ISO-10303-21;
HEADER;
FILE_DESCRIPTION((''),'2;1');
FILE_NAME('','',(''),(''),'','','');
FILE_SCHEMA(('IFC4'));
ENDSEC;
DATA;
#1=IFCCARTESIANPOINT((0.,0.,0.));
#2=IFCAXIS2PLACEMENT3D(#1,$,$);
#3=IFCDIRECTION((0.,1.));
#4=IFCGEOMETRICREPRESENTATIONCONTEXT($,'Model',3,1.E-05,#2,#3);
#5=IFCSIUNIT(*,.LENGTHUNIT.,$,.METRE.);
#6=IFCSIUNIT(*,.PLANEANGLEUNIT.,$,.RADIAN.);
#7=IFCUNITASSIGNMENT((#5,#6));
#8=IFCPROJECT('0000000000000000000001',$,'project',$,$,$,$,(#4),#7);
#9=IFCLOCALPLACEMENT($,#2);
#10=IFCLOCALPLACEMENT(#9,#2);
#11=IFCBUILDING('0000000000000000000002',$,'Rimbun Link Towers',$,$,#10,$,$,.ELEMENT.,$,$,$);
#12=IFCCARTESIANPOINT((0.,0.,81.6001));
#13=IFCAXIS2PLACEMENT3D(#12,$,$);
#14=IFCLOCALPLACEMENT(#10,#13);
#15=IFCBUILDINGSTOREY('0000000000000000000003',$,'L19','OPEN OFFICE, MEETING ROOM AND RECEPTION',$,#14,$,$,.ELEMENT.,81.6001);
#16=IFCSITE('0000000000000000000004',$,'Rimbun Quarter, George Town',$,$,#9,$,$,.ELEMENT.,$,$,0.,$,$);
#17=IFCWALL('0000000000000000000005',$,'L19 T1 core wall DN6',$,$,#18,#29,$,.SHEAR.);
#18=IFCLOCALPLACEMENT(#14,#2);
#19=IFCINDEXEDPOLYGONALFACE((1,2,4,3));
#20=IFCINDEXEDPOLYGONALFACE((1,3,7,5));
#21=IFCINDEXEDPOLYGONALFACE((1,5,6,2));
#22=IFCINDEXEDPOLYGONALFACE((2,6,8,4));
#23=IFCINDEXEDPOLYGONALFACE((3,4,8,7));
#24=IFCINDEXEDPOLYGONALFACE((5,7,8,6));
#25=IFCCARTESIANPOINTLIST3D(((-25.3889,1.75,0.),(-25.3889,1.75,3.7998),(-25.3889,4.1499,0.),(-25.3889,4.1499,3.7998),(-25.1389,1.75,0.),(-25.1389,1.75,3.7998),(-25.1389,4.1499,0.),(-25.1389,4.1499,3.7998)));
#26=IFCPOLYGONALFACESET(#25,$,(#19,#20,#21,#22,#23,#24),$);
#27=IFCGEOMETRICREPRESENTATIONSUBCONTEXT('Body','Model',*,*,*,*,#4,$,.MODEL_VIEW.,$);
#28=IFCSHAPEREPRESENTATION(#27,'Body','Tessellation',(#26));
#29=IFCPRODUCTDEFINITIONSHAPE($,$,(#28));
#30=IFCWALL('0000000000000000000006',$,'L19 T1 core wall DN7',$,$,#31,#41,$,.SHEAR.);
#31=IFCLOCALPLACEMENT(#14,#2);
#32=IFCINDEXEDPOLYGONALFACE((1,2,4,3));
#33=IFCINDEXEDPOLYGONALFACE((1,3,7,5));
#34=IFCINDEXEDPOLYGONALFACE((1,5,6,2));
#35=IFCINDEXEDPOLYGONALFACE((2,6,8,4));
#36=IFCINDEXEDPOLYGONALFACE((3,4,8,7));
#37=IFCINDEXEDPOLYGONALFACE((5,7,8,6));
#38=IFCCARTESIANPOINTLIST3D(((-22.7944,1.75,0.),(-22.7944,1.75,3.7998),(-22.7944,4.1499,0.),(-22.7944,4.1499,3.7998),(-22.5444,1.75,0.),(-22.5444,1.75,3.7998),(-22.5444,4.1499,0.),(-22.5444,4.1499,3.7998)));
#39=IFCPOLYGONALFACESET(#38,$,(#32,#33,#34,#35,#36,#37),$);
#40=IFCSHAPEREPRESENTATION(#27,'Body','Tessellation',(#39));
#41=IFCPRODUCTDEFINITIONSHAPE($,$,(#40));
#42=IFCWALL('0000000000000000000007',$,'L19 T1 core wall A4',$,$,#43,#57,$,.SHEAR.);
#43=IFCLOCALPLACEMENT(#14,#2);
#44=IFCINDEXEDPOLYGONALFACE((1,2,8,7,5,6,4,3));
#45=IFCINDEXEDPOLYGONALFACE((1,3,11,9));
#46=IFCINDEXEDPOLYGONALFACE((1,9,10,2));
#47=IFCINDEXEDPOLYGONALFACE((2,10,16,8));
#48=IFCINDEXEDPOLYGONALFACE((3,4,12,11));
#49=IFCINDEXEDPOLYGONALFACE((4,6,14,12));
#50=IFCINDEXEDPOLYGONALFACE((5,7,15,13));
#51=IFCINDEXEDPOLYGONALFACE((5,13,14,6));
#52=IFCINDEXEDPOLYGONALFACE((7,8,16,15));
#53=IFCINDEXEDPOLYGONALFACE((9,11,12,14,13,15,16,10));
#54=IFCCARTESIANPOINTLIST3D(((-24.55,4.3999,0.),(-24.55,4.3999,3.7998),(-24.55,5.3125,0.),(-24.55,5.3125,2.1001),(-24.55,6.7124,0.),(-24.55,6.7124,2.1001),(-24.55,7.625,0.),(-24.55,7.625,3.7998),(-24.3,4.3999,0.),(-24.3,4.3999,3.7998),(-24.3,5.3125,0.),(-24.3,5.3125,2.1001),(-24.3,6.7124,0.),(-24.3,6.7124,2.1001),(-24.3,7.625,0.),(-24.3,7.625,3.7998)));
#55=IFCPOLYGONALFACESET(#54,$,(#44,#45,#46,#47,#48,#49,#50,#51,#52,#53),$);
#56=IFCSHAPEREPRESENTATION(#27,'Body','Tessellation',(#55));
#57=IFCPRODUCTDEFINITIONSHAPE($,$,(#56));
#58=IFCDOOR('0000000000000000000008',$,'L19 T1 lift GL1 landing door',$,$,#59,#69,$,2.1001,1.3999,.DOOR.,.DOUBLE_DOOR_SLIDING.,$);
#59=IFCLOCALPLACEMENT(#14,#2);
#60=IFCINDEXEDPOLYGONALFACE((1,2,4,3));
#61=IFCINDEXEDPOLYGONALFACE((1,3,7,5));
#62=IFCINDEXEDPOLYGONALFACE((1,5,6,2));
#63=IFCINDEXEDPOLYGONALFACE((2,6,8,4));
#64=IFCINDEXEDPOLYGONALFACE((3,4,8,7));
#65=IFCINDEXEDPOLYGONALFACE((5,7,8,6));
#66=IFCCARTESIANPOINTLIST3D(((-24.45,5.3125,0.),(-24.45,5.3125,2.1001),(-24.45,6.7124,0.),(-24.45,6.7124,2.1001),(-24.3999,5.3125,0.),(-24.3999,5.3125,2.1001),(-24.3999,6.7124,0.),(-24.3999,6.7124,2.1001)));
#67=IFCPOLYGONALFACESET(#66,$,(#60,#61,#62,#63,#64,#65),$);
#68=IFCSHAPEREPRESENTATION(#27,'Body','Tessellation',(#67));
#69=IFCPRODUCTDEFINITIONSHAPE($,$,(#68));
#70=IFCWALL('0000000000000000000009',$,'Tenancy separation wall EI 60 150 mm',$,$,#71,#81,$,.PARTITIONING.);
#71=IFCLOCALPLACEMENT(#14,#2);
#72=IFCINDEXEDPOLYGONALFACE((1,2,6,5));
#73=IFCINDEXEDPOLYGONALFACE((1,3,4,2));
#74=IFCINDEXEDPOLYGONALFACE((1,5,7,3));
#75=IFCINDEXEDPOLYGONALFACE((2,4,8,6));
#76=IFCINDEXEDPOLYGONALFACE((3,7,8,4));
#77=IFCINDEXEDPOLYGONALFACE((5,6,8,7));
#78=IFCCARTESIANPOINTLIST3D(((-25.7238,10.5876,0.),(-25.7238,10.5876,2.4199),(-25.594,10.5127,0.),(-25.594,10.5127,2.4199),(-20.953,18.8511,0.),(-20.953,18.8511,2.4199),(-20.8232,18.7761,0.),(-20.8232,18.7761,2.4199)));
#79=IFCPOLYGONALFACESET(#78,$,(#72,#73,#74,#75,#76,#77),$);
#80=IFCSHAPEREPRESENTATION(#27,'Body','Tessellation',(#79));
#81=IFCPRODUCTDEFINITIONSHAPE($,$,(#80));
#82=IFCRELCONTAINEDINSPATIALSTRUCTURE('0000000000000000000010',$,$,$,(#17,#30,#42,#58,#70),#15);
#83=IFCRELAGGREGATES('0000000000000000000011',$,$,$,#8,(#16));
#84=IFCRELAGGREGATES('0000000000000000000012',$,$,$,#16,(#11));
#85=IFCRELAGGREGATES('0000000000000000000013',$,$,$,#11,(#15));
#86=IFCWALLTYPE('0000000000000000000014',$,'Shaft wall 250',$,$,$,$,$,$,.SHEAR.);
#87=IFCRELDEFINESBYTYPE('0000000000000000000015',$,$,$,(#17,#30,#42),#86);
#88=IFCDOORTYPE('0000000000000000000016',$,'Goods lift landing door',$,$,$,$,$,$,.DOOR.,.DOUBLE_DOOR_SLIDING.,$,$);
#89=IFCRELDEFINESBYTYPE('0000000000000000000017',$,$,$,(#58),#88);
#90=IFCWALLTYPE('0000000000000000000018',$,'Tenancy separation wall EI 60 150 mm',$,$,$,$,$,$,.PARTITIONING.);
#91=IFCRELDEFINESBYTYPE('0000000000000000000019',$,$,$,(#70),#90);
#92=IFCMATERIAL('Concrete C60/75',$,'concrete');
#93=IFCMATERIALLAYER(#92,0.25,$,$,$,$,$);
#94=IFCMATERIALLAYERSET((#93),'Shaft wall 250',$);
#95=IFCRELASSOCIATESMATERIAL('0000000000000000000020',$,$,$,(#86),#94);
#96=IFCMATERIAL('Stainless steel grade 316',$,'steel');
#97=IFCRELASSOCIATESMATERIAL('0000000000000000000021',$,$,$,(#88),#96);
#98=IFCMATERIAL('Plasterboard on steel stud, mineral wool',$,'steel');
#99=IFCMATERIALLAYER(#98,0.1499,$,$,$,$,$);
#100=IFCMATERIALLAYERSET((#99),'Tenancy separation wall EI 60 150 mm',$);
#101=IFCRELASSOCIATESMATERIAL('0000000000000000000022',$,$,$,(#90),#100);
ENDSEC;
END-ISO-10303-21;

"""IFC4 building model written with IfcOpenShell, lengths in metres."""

from ifc_helpers import new_model, si_unit, direction, frame, frame_2d, origin, place, context, subcontext, project, spatial, rectangle, extrude, material, layer, layer_set, type_object, element, fill, save


model = new_model("IFC4")

# Units and contexts
model_context = context("Model", 3, precision=1e-05, world=origin(), true_north=direction((0.0, 1.0)))
body_context = subcontext(model_context, "Body", "Model", "MODEL_VIEW")
ifc_project = project(units=[si_unit("LENGTHUNIT", "METRE"), si_unit("PLANEANGLEUNIT", "RADIAN")], contexts=[model_context])

# Site, building, storey
site_placement = place(None, origin())
site = spatial("IfcSite", under=ifc_project, at=site_placement, Name="Rimbun Quarter, George Town", CompositionType="ELEMENT", RefElevation=0.0)
building_placement = place(site_placement, origin())
building = spatial("IfcBuilding", under=site, at=building_placement, Name="Rimbun Link Towers", CompositionType="ELEMENT")
storey_placement = place(building_placement, frame((0.0, 0.0, 81.6001)))
storey = spatial("IfcBuildingStorey", under=building, at=storey_placement, Name="L19", Description="OPEN OFFICE, MEETING ROOM AND RECEPTION", CompositionType="ELEMENT", Elevation=81.6001)

# Walls
ifc_material_1 = material(Name="Concrete C60/75", Category="concrete")
ifc_layer_1 = layer(ifc_material_1, 0.25)
ifc_layer_set_1 = layer_set([ifc_layer_1], Name="Shaft wall 250")
wall_type_1 = type_object("IfcWallType", Name="Shaft wall 250", PredefinedType="SHEAR", material=ifc_layer_set_1)
for number, where, z_axis, x_axis, name in (
    (1, (-25.2639, 1.75, 0.0), (0.0, 0.0, 1.0), (0.0, 1.0, 0.0), "L19 T1 core wall DN6"),
    (2, (-22.6694, 1.75, 0.0), (0.0, 0.0, 1.0), (0.0, 1.0, 0.0), "L19 T1 core wall DN7"),
):
    element("IfcWall", number, at=place(storey_placement, frame(where, z_axis=z_axis, x_axis=x_axis)), inside=storey, type_object=wall_type_1, Name=name, PredefinedType="SHEAR", context=body_context, shape_type="SweptSolid", body=[
        extrude(rectangle(XDim=2.3999, YDim=0.25, at=frame_2d((1.2, 0.0))), origin(), (0.0, 0.0, 1.0), 3.7998),
    ])

# Wall, opening, door
wall_1_placement = place(storey_placement, frame((-24.425, 4.3999, 0.0), z_axis=(0.0, 0.0, 1.0), x_axis=(0.0, 1.0, 0.0)))
wall_1 = element("IfcWall", 3, at=wall_1_placement, inside=storey, type_object=wall_type_1, Name="L19 T1 core wall A4", PredefinedType="SHEAR", context=body_context, shape_type="SweptSolid", body=[
    extrude(rectangle(XDim=3.2251, YDim=0.25, at=frame_2d((1.6125, 0.0))), origin(), (0.0, 0.0, 1.0), 3.7998),
])
opening_1_placement = place(wall_1_placement, frame((0.9126, 0.0, 0.0)))
opening_1 = element("IfcOpeningElement", 4, at=opening_1_placement, cuts=wall_1, PredefinedType="OPENING", context=body_context, shape_type="SweptSolid", body=[
    extrude(rectangle(XDim=1.3999, YDim=2.1001, at=frame_2d((0.7, 1.05))), frame((0.0, 0.135, 0.0), z_axis=(0.0, -1.0, 0.0), x_axis=(1.0, 0.0, 0.0)), (0.0, 0.0, 1.0), 0.27),
])
ifc_material_2 = material(Name="Stainless steel grade 316", Category="steel")
door_type_1 = type_object("IfcDoorType", Name="Goods lift landing door", OperationType="DOUBLE_DOOR_SLIDING", PredefinedType="DOOR", material=ifc_material_2)
door_1_placement = place(opening_1_placement, origin())
door_1 = element("IfcDoor", 5, at=door_1_placement, inside=storey, type_object=door_type_1, Name="L19 T1 lift GL1 landing door", OperationType="DOUBLE_DOOR_SLIDING", OverallHeight=2.1001, OverallWidth=1.3999, PredefinedType="DOOR", context=body_context, shape_type="SweptSolid", body=[
    extrude(rectangle(XDim=1.3999, YDim=2.1001, at=frame_2d((0.7, 1.05))), frame((0.0, 0.0249, 0.0), z_axis=(0.0, -1.0, 0.0), x_axis=(1.0, 0.0, 0.0)), (0.0, 0.0, 1.0), 0.05),
])
fill(opening_1, door_1)

# Wall
ifc_material_3 = material(Name="Plasterboard on steel stud, mineral wool", Category="steel")
ifc_layer_2 = layer(ifc_material_3, 0.1499)
ifc_layer_set_2 = layer_set([ifc_layer_2], Name="Tenancy separation wall EI 60 150 mm")
wall_type_2 = type_object("IfcWallType", Name="Tenancy separation wall EI 60 150 mm", PredefinedType="PARTITIONING", material=ifc_layer_set_2)
wall_2_placement = place(storey_placement, frame((-25.6589, 10.55, 0.0), z_axis=(0.0, 0.0, 1.0), x_axis=(0.499989, 0.866032, 0.0)))
element("IfcWall", 6, at=wall_2_placement, inside=storey, type_object=wall_type_2, Name="Tenancy separation wall EI 60 150 mm", PredefinedType="PARTITIONING", context=body_context, shape_type="SweptSolid", body=[
    extrude(rectangle(XDim=9.5417, YDim=0.1499, at=frame_2d((4.771, 0.0))), origin(), (0.0, 0.0, 1.0), 2.4199),
])

save(model, "model.ifc")
